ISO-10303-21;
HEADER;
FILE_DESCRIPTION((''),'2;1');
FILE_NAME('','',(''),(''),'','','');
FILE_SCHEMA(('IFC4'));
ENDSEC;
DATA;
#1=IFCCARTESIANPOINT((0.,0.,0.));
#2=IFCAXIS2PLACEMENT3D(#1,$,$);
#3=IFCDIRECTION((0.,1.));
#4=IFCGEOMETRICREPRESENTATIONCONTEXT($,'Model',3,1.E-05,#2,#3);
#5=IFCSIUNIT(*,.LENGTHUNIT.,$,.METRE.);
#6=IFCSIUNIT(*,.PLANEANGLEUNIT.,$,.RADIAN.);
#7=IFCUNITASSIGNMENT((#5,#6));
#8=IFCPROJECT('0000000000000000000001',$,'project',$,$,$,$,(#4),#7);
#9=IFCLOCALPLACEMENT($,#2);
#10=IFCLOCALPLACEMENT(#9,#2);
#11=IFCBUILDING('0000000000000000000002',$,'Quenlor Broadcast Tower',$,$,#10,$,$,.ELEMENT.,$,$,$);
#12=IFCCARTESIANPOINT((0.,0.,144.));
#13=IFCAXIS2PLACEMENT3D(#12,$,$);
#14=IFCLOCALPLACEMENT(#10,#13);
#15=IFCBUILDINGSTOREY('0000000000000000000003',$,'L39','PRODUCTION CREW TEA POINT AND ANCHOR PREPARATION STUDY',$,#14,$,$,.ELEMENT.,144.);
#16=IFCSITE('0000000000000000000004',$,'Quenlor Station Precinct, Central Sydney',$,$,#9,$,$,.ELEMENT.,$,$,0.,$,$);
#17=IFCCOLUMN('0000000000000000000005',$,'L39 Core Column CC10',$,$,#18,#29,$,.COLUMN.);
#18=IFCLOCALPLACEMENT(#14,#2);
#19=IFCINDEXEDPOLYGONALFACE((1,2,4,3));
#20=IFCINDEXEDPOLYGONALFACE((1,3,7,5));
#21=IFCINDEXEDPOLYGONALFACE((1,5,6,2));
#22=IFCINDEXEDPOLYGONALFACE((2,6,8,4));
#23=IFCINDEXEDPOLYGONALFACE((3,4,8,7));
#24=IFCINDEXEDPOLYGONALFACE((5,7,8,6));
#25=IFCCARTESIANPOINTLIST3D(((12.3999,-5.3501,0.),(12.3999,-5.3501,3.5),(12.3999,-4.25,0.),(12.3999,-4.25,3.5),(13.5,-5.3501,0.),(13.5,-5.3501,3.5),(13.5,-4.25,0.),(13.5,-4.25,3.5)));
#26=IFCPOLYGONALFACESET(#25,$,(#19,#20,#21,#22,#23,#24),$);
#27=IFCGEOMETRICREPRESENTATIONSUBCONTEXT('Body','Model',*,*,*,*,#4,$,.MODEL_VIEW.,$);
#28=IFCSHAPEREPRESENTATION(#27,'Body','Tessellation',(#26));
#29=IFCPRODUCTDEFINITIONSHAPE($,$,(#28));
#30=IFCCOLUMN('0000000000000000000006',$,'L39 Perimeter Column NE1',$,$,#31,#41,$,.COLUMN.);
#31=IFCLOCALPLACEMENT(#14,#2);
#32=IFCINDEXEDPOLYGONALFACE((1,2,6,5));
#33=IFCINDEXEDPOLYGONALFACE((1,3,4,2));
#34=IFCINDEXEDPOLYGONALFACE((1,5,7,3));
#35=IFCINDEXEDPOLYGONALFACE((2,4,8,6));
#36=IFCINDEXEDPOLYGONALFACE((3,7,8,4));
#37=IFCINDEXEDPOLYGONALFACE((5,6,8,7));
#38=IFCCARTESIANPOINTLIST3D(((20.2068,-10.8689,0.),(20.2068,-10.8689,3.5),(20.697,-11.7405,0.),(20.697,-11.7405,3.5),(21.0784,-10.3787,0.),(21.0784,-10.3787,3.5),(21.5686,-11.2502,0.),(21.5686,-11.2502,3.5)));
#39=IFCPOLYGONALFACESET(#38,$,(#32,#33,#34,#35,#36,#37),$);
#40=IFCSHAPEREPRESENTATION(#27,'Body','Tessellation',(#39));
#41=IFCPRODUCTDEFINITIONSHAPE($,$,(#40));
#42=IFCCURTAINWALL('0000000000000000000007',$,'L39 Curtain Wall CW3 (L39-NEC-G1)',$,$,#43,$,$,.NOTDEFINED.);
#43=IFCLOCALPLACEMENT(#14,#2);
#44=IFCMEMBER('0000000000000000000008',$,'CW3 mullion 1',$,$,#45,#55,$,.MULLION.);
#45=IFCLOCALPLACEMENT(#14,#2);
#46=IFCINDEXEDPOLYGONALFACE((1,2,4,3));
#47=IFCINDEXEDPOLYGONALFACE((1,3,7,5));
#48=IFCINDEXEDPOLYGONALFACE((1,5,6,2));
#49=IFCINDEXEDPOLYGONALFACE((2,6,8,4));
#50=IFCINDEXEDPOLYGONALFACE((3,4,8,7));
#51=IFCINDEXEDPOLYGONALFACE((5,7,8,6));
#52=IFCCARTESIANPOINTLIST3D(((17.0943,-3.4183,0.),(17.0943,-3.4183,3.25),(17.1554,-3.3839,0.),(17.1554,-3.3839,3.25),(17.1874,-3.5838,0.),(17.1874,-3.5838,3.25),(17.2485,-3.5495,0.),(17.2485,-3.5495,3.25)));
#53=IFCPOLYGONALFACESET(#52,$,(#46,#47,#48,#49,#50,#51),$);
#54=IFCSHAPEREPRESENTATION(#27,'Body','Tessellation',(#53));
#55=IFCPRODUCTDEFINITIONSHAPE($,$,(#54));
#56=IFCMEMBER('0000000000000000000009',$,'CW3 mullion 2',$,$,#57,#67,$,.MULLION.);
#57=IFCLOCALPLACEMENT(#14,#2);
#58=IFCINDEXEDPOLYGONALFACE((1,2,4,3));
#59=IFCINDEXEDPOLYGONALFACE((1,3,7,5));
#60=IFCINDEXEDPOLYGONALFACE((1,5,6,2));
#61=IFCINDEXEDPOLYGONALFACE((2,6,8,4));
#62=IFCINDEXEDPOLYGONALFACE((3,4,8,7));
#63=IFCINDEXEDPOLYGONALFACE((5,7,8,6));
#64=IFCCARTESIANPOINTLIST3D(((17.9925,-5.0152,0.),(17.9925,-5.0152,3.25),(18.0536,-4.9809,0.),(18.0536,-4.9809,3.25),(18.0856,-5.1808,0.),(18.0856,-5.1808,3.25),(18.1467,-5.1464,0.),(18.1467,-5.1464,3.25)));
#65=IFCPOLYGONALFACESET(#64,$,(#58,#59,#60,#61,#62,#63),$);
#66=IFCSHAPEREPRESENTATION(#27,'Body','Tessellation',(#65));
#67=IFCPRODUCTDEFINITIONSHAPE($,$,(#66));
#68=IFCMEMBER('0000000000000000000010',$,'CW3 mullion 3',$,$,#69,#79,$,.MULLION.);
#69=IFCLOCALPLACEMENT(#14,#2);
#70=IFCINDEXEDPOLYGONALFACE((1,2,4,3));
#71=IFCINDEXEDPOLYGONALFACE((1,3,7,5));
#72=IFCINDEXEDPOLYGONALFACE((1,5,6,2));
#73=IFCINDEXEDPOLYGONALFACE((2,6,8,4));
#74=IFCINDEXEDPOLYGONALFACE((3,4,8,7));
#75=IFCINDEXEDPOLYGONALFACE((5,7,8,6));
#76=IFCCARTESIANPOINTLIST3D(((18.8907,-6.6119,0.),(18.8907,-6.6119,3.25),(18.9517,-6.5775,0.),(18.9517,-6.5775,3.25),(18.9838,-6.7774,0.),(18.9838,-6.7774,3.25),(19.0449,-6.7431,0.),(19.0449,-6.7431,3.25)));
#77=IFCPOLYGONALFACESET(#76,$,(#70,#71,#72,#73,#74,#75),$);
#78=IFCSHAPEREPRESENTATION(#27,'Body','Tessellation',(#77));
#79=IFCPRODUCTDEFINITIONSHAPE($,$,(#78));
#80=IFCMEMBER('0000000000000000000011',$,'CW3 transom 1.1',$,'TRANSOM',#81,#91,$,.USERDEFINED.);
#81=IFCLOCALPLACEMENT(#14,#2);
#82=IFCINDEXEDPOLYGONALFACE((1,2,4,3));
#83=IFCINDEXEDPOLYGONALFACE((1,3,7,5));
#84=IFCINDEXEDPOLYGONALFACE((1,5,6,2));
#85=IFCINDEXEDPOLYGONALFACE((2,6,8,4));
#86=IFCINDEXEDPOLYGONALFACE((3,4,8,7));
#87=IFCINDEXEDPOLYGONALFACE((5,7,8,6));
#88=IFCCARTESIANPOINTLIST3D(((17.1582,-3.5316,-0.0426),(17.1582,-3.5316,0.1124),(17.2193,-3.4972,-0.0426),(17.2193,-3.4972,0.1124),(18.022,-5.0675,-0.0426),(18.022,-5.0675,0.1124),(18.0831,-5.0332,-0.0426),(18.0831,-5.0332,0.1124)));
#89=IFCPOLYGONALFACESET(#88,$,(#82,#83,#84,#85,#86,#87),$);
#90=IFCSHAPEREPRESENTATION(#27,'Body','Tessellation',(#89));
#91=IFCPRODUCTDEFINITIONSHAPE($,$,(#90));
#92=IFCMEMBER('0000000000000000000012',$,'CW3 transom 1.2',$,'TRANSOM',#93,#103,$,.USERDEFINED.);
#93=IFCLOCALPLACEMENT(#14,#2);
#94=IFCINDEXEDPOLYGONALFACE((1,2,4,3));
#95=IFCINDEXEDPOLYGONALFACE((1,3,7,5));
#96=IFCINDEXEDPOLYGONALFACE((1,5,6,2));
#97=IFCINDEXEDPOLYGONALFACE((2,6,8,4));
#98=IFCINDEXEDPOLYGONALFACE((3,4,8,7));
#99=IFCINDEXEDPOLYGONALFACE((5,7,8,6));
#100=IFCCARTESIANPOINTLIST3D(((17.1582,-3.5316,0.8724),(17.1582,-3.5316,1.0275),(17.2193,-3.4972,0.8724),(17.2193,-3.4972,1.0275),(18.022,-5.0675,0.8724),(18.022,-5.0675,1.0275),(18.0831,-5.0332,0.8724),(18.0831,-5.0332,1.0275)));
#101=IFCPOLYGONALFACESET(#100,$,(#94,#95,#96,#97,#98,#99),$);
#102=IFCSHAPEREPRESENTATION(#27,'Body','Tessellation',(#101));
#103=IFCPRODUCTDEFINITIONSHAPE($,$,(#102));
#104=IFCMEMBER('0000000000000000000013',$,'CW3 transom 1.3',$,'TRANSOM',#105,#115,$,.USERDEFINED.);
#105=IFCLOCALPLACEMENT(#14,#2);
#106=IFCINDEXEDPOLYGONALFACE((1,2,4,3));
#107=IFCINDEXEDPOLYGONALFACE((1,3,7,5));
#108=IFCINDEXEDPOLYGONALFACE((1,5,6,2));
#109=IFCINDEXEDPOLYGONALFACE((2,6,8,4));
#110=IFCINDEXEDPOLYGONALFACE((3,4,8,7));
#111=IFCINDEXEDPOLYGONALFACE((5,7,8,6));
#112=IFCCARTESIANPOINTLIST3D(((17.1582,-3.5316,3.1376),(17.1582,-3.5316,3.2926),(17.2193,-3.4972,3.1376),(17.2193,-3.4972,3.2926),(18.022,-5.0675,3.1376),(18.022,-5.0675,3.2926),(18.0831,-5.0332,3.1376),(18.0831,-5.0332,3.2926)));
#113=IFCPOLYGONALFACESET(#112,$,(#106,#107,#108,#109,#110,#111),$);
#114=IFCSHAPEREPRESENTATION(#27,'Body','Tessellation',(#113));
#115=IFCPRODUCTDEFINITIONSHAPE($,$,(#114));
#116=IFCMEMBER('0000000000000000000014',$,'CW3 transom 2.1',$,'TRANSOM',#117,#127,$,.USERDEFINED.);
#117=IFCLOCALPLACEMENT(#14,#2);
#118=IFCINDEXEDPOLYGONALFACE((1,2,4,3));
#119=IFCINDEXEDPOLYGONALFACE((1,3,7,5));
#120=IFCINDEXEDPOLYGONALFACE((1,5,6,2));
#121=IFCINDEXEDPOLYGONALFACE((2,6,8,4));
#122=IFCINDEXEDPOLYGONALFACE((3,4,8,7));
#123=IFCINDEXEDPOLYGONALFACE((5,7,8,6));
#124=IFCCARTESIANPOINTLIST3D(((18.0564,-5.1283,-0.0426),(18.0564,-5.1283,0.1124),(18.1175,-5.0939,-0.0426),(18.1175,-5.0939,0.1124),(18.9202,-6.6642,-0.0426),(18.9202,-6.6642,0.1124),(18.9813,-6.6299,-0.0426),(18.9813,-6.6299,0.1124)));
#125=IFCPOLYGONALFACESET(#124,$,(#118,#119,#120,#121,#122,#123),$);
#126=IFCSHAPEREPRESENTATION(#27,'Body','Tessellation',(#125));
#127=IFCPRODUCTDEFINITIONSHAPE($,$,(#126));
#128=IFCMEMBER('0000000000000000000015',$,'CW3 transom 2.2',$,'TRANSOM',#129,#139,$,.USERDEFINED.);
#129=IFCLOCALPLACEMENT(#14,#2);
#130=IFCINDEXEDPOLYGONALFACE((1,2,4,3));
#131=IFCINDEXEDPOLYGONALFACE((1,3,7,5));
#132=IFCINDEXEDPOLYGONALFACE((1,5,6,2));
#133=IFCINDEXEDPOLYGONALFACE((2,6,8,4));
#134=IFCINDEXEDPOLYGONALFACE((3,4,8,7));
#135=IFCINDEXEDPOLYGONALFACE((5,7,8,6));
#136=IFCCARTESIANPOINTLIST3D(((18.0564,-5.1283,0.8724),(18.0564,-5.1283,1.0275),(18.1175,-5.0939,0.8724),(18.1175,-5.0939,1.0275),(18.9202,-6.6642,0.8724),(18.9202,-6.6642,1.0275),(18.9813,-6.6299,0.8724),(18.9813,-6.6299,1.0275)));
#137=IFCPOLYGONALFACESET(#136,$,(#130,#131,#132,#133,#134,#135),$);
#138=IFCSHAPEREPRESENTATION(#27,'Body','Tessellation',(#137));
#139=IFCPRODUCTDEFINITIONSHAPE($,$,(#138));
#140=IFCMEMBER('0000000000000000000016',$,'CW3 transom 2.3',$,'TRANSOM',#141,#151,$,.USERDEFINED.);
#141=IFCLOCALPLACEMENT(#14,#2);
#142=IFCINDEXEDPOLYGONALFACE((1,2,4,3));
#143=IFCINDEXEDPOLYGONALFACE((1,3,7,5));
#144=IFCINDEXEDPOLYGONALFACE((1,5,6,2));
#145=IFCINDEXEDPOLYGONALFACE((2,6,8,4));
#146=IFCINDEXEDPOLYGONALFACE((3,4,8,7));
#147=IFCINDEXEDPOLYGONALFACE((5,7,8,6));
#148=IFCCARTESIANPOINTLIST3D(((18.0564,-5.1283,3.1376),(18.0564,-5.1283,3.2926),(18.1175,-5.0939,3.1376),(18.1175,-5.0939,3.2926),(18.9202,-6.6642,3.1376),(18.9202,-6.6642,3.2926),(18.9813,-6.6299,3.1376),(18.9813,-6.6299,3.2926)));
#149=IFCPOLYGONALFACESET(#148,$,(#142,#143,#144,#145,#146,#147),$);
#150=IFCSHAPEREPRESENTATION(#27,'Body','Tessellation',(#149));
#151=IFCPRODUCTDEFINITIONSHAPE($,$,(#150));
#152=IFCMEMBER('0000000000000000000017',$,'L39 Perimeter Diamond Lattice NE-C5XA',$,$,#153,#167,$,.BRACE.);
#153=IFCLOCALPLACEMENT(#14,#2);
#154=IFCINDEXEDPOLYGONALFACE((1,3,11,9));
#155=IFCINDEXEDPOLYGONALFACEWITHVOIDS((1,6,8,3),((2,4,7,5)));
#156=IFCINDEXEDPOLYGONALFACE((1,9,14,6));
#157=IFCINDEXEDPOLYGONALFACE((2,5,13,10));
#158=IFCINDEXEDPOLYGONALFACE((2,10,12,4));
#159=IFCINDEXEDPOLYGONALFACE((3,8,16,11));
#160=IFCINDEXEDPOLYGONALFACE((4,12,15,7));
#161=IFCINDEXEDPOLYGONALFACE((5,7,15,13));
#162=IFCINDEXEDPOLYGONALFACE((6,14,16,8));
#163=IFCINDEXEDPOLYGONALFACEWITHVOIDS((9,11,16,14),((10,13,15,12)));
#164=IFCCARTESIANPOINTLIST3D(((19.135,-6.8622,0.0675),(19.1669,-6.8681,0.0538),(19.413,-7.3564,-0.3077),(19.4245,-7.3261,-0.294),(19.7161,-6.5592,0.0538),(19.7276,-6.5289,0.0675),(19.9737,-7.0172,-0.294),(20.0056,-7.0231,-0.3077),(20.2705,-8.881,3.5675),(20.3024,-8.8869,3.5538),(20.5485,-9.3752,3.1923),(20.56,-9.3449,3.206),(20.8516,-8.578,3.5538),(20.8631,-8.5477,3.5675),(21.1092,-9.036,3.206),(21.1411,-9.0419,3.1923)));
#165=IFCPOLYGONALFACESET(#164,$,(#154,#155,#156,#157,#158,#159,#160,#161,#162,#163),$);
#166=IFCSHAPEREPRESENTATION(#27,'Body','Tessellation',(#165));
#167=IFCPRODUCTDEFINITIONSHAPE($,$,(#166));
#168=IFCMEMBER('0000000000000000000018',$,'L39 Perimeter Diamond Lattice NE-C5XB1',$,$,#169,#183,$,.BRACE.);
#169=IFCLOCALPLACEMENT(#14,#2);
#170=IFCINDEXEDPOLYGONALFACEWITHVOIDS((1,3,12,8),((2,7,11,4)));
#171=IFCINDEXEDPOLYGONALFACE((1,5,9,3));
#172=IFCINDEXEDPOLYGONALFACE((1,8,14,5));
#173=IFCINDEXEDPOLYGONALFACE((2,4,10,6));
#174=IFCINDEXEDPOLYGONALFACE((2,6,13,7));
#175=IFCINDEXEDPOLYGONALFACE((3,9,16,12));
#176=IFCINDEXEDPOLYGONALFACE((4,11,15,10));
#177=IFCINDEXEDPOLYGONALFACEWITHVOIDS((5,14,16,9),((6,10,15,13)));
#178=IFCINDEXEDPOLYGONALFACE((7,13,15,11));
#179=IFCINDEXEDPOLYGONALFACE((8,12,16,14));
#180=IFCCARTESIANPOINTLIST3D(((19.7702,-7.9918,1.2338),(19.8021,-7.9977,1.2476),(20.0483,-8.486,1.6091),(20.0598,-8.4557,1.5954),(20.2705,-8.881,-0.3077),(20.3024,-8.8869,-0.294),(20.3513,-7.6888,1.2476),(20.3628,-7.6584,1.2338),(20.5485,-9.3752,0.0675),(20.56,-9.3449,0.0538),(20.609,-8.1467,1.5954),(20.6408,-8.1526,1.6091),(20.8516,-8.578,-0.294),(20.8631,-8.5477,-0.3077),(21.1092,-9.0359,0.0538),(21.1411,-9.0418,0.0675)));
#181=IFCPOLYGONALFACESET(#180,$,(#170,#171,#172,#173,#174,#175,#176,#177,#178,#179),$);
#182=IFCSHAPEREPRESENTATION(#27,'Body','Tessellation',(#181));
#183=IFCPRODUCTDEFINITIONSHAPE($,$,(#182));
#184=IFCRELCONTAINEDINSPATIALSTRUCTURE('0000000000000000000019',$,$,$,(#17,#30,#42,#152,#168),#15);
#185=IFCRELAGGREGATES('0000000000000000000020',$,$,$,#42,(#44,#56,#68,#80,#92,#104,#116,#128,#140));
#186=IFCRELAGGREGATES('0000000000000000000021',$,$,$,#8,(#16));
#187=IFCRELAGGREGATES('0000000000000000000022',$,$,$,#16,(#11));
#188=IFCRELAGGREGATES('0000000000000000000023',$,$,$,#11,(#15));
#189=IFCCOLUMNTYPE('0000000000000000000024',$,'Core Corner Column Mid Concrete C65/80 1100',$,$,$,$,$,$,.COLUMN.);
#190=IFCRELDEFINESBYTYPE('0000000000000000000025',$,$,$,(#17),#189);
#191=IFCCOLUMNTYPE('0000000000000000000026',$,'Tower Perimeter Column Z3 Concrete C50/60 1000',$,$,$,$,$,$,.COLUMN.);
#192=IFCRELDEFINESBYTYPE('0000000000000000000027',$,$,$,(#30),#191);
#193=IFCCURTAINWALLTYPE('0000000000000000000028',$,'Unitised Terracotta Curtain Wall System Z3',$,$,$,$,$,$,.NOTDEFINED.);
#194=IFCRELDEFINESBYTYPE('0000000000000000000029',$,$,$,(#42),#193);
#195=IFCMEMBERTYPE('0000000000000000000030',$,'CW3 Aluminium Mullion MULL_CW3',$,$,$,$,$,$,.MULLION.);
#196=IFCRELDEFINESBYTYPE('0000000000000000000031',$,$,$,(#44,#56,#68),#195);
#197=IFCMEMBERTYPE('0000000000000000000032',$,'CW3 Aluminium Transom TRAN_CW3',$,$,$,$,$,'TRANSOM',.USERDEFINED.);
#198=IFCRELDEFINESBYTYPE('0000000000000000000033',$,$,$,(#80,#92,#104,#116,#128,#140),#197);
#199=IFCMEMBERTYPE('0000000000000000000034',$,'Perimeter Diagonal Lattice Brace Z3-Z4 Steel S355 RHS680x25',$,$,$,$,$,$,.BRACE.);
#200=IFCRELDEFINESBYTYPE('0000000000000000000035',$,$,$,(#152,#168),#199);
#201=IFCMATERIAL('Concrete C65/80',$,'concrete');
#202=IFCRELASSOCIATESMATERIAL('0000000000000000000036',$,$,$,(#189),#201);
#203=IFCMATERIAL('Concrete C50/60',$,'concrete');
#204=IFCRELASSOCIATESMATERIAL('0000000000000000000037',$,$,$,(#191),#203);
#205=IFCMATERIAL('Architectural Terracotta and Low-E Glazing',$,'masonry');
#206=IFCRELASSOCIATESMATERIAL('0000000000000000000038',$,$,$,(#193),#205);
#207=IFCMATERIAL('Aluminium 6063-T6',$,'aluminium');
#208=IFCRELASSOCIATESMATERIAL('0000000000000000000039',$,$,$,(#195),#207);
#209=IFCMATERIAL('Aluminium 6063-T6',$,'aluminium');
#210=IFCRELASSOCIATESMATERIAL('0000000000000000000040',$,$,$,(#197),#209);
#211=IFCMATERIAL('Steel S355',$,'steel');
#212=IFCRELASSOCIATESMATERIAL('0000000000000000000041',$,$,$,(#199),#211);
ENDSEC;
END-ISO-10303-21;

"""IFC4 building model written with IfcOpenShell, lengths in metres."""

from ifc_helpers import new_model, si_unit, direction, frame, origin, origin_2d, place, context, subcontext, project, spatial, rectangle, hollow_rectangle, extrude, material, material_profile, profile_set, type_object, element, aggregate, save


model = new_model("IFC4")

# Units and contexts
model_context = context("Model", 3, precision=1e-05, world=origin(), true_north=direction((0.0, 1.0)))
body_context = subcontext(model_context, "Body", "Model", "MODEL_VIEW")
ifc_project = project(units=[si_unit("LENGTHUNIT", "METRE"), si_unit("PLANEANGLEUNIT", "RADIAN")], contexts=[model_context])

# Site, building, storey
site_placement = place(None, origin())
site = spatial("IfcSite", under=ifc_project, at=site_placement, Name="Quenlor Station Precinct, Central Sydney", CompositionType="ELEMENT", RefElevation=0.0)
building_placement = place(site_placement, origin())
building = spatial("IfcBuilding", under=site, at=building_placement, Name="Quenlor Broadcast Tower", CompositionType="ELEMENT")
storey_placement = place(building_placement, frame((0.0, 0.0, 144.0)))
storey = spatial("IfcBuildingStorey", under=building, at=storey_placement, Name="L39", Description="PRODUCTION CREW TEA POINT AND ANCHOR PREPARATION STUDY", CompositionType="ELEMENT", Elevation=144.0)

# Columns
ifc_material_1 = material(Name="Concrete C65/80", Category="concrete")
ifc_material_profile_1 = material_profile(ifc_material_1, rectangle(XDim=1.1001, YDim=1.1001, at=origin_2d()))
ifc_profile_set_1 = profile_set([ifc_material_profile_1], Name="Concrete C65/80 RC1100x1100")
column_type_1 = type_object("IfcColumnType", Name="Core Corner Column Mid Concrete C65/80 1100", PredefinedType="COLUMN", material=ifc_profile_set_1)
column_1_placement = place(storey_placement, frame((12.95, -4.8, 0.0), z_axis=(0.0, 0.0, 1.0), x_axis=(1.0, 0.0, 0.0)))
element("IfcColumn", 1, at=column_1_placement, inside=storey, type_object=column_type_1, Name="L39 Core Column CC10", PredefinedType="COLUMN", context=body_context, shape_type="SweptSolid", body=[
    extrude(rectangle(XDim=1.1001, YDim=1.1001, at=origin_2d()), origin(), (0.0, 0.0, 1.0), 3.5),
])
ifc_material_2 = material(Name="Concrete C50/60", Category="concrete")
ifc_material_profile_2 = material_profile(ifc_material_2, rectangle(XDim=1.0, YDim=1.0, at=origin_2d()))
ifc_profile_set_2 = profile_set([ifc_material_profile_2], Name="Concrete C50/60 RC1000x1000")
column_type_2 = type_object("IfcColumnType", Name="Tower Perimeter Column Z3 Concrete C50/60 1000", PredefinedType="COLUMN", material=ifc_profile_set_2)
column_2_placement = place(storey_placement, frame((20.8877, -11.0596, 0.0), z_axis=(0.0, 0.0, 1.0), x_axis=(0.871575, 0.490262, 0.0)))
element("IfcColumn", 2, at=column_2_placement, inside=storey, type_object=column_type_2, Name="L39 Perimeter Column NE1", PredefinedType="COLUMN", context=body_context, shape_type="SweptSolid", body=[
    extrude(rectangle(XDim=1.0, YDim=1.0, at=origin_2d()), origin(), (0.0, 0.0, 1.0), 3.5),
])

# Curtain wall, members
ifc_material_3 = material(Name="Architectural Terracotta and Low-E Glazing", Category="masonry")
curtain_wall_type = type_object("IfcCurtainWallType", Name="Unitised Terracotta Curtain Wall System Z3", PredefinedType="NOTDEFINED", material=ifc_material_3)
curtain_wall_placement = place(storey_placement, origin())
curtain_wall = element("IfcCurtainWall", 3, at=curtain_wall_placement, inside=storey, type_object=curtain_wall_type, Name="L39 Curtain Wall CW3 (L39-NEC-G1)", PredefinedType="NOTDEFINED")
ifc_material_4 = material(Name="Aluminium 6063-T6", Category="aluminium")
ifc_material_profile_3 = material_profile(ifc_material_4, rectangle(XDim=0.0701, YDim=0.1899, at=origin_2d()))
ifc_profile_set_3 = profile_set([ifc_material_profile_3], Name="Aluminium 6063-T6 MULL70x190")
member_type_1 = type_object("IfcMemberType", Name="CW3 Aluminium Mullion MULL_CW3", PredefinedType="MULLION", material=ifc_profile_set_3)
member_1_placement = place(storey_placement, frame((17.1714, -3.4839, 0.0), z_axis=(0.0, 0.0, 1.0), x_axis=(0.871577, 0.490259, 0.0)))
member_1 = element("IfcMember", 4, at=member_1_placement, type_object=member_type_1, Name="CW3 mullion 1", PredefinedType="MULLION", context=body_context, shape_type="SweptSolid", body=[
    extrude(rectangle(XDim=0.0701, YDim=0.1899, at=origin_2d()), origin(), (0.0, 0.0, 1.0), 3.25),
])
member_2_placement = place(storey_placement, frame((18.0696, -5.0808, 0.0), z_axis=(0.0, 0.0, 1.0), x_axis=(0.871577, 0.490259, 0.0)))
member_2 = element("IfcMember", 5, at=member_2_placement, type_object=member_type_1, Name="CW3 mullion 2", PredefinedType="MULLION", context=body_context, shape_type="SweptSolid", body=[
    extrude(rectangle(XDim=0.0701, YDim=0.1899, at=origin_2d()), origin(), (0.0, 0.0, 1.0), 3.25),
])
member_3_placement = place(storey_placement, frame((18.9678, -6.6775, 0.0), z_axis=(0.0, 0.0, 1.0), x_axis=(0.871577, 0.490259, 0.0)))
member_3 = element("IfcMember", 6, at=member_3_placement, type_object=member_type_1, Name="CW3 mullion 3", PredefinedType="MULLION", context=body_context, shape_type="SweptSolid", body=[
    extrude(rectangle(XDim=0.0701, YDim=0.1899, at=origin_2d()), origin(), (0.0, 0.0, 1.0), 3.25),
])
ifc_material_5 = material(Name="Aluminium 6063-T6", Category="aluminium")
ifc_material_profile_4 = material_profile(ifc_material_5, rectangle(XDim=0.0701, YDim=0.155, at=origin_2d()))
ifc_profile_set_4 = profile_set([ifc_material_profile_4], Name="Aluminium 6063-T6 TRAN70x155")
member_type_2 = type_object("IfcMemberType", Name="CW3 Aluminium Transom TRAN_CW3", ElementType="TRANSOM", PredefinedType="USERDEFINED", material=ifc_profile_set_4)
member_4_placement = place(storey_placement, frame((17.1887, -3.5144, 0.0349), z_axis=(0.490189, -0.871616, 0.0), x_axis=(0.871616, 0.490189, 0.0)))
member_4 = element("IfcMember", 7, at=member_4_placement, type_object=member_type_2, Name="CW3 transom 1.1", ObjectType="TRANSOM", PredefinedType="USERDEFINED", context=body_context, shape_type="SweptSolid", body=[
    extrude(rectangle(XDim=0.0701, YDim=0.155, at=origin_2d()), origin(), (0.0, 0.0, 1.0), 1.7622),
])
member_5_placement = place(storey_placement, frame((17.1887, -3.5144, 0.95), z_axis=(0.490189, -0.871616, 0.0), x_axis=(0.871616, 0.490189, 0.0)))
member_5 = element("IfcMember", 8, at=member_5_placement, type_object=member_type_2, Name="CW3 transom 1.2", ObjectType="TRANSOM", PredefinedType="USERDEFINED", context=body_context, shape_type="SweptSolid", body=[
    extrude(rectangle(XDim=0.0701, YDim=0.155, at=origin_2d()), origin(), (0.0, 0.0, 1.0), 1.7622),
])
member_6_placement = place(storey_placement, frame((17.1887, -3.5144, 3.2151), z_axis=(0.490189, -0.871616, 0.0), x_axis=(0.871616, 0.490189, 0.0)))
member_6 = element("IfcMember", 9, at=member_6_placement, type_object=member_type_2, Name="CW3 transom 1.3", ObjectType="TRANSOM", PredefinedType="USERDEFINED", context=body_context, shape_type="SweptSolid", body=[
    extrude(rectangle(XDim=0.0701, YDim=0.155, at=origin_2d()), origin(), (0.0, 0.0, 1.0), 1.7622),
])
member_7_placement = place(storey_placement, frame((18.0869, -5.1111, 0.0349), z_axis=(0.490189, -0.871616, 0.0), x_axis=(0.871616, 0.490189, 0.0)))
member_7 = element("IfcMember", 10, at=member_7_placement, type_object=member_type_2, Name="CW3 transom 2.1", ObjectType="TRANSOM", PredefinedType="USERDEFINED", context=body_context, shape_type="SweptSolid", body=[
    extrude(rectangle(XDim=0.0701, YDim=0.155, at=origin_2d()), origin(), (0.0, 0.0, 1.0), 1.7622),
])
member_8_placement = place(storey_placement, frame((18.0869, -5.1111, 0.95), z_axis=(0.490189, -0.871616, 0.0), x_axis=(0.871616, 0.490189, 0.0)))
member_8 = element("IfcMember", 11, at=member_8_placement, type_object=member_type_2, Name="CW3 transom 2.2", ObjectType="TRANSOM", PredefinedType="USERDEFINED", context=body_context, shape_type="SweptSolid", body=[
    extrude(rectangle(XDim=0.0701, YDim=0.155, at=origin_2d()), origin(), (0.0, 0.0, 1.0), 1.7622),
])
member_9_placement = place(storey_placement, frame((18.0869, -5.1111, 3.2151), z_axis=(0.490189, -0.871616, 0.0), x_axis=(0.871616, 0.490189, 0.0)))
member_9 = element("IfcMember", 12, at=member_9_placement, type_object=member_type_2, Name="CW3 transom 2.3", ObjectType="TRANSOM", PredefinedType="USERDEFINED", context=body_context, shape_type="SweptSolid", body=[
    extrude(rectangle(XDim=0.0701, YDim=0.155, at=origin_2d()), origin(), (0.0, 0.0, 1.0), 1.7622),
])

# Members
ifc_material_6 = material(Name="Steel S355", Category="steel")
ifc_material_profile_5 = material_profile(ifc_material_6, hollow_rectangle(XDim=0.6799, YDim=0.6799, WallThickness=0.0249, at=origin_2d()))
ifc_profile_set_5 = profile_set([ifc_material_profile_5], Name="Steel S355 RHS680x680x25")
member_type_3 = type_object("IfcMemberType", Name="Perimeter Diagonal Lattice Brace Z3-Z4 Steel S355 RHS680x25", PredefinedType="BRACE", material=ifc_profile_set_5)
member_10_placement = place(storey_placement, frame((19.5703, -6.9426, -0.1201), z_axis=(0.270549, -0.481009, 0.833927), x_axis=(0.87159, 0.490236, 0.0)))
element("IfcMember", 13, at=member_10_placement, inside=storey, type_object=member_type_3, Name="L39 Perimeter Diamond Lattice NE-C5XA", PredefinedType="BRACE", context=body_context, shape_type="SweptSolid", body=[
    extrude(hollow_rectangle(XDim=0.6799, YDim=0.6799, WallThickness=0.0249, at=origin_2d()), origin(), (0.0, 0.0, 1.0), 4.197),
])
member_11_placement = place(storey_placement, frame((20.7058, -8.9614, -0.1201), z_axis=(-0.270616, 0.481008, 0.833905), x_axis=(-0.871537, -0.490329, 0.0)))
element("IfcMember", 14, at=member_11_placement, inside=storey, type_object=member_type_3, Name="L39 Perimeter Diamond Lattice NE-C5XB1", PredefinedType="BRACE", context=body_context, shape_type="SweptSolid", body=[
    extrude(hollow_rectangle(XDim=0.6799, YDim=0.6799, WallThickness=0.0249, at=origin_2d()), origin(), (0.0, 0.0, 1.0), 1.8486),
])

aggregate(curtain_wall, [member_1, member_2, member_3, member_4, member_5, member_6, member_7, member_8, member_9])

save(model, "model.ifc")
